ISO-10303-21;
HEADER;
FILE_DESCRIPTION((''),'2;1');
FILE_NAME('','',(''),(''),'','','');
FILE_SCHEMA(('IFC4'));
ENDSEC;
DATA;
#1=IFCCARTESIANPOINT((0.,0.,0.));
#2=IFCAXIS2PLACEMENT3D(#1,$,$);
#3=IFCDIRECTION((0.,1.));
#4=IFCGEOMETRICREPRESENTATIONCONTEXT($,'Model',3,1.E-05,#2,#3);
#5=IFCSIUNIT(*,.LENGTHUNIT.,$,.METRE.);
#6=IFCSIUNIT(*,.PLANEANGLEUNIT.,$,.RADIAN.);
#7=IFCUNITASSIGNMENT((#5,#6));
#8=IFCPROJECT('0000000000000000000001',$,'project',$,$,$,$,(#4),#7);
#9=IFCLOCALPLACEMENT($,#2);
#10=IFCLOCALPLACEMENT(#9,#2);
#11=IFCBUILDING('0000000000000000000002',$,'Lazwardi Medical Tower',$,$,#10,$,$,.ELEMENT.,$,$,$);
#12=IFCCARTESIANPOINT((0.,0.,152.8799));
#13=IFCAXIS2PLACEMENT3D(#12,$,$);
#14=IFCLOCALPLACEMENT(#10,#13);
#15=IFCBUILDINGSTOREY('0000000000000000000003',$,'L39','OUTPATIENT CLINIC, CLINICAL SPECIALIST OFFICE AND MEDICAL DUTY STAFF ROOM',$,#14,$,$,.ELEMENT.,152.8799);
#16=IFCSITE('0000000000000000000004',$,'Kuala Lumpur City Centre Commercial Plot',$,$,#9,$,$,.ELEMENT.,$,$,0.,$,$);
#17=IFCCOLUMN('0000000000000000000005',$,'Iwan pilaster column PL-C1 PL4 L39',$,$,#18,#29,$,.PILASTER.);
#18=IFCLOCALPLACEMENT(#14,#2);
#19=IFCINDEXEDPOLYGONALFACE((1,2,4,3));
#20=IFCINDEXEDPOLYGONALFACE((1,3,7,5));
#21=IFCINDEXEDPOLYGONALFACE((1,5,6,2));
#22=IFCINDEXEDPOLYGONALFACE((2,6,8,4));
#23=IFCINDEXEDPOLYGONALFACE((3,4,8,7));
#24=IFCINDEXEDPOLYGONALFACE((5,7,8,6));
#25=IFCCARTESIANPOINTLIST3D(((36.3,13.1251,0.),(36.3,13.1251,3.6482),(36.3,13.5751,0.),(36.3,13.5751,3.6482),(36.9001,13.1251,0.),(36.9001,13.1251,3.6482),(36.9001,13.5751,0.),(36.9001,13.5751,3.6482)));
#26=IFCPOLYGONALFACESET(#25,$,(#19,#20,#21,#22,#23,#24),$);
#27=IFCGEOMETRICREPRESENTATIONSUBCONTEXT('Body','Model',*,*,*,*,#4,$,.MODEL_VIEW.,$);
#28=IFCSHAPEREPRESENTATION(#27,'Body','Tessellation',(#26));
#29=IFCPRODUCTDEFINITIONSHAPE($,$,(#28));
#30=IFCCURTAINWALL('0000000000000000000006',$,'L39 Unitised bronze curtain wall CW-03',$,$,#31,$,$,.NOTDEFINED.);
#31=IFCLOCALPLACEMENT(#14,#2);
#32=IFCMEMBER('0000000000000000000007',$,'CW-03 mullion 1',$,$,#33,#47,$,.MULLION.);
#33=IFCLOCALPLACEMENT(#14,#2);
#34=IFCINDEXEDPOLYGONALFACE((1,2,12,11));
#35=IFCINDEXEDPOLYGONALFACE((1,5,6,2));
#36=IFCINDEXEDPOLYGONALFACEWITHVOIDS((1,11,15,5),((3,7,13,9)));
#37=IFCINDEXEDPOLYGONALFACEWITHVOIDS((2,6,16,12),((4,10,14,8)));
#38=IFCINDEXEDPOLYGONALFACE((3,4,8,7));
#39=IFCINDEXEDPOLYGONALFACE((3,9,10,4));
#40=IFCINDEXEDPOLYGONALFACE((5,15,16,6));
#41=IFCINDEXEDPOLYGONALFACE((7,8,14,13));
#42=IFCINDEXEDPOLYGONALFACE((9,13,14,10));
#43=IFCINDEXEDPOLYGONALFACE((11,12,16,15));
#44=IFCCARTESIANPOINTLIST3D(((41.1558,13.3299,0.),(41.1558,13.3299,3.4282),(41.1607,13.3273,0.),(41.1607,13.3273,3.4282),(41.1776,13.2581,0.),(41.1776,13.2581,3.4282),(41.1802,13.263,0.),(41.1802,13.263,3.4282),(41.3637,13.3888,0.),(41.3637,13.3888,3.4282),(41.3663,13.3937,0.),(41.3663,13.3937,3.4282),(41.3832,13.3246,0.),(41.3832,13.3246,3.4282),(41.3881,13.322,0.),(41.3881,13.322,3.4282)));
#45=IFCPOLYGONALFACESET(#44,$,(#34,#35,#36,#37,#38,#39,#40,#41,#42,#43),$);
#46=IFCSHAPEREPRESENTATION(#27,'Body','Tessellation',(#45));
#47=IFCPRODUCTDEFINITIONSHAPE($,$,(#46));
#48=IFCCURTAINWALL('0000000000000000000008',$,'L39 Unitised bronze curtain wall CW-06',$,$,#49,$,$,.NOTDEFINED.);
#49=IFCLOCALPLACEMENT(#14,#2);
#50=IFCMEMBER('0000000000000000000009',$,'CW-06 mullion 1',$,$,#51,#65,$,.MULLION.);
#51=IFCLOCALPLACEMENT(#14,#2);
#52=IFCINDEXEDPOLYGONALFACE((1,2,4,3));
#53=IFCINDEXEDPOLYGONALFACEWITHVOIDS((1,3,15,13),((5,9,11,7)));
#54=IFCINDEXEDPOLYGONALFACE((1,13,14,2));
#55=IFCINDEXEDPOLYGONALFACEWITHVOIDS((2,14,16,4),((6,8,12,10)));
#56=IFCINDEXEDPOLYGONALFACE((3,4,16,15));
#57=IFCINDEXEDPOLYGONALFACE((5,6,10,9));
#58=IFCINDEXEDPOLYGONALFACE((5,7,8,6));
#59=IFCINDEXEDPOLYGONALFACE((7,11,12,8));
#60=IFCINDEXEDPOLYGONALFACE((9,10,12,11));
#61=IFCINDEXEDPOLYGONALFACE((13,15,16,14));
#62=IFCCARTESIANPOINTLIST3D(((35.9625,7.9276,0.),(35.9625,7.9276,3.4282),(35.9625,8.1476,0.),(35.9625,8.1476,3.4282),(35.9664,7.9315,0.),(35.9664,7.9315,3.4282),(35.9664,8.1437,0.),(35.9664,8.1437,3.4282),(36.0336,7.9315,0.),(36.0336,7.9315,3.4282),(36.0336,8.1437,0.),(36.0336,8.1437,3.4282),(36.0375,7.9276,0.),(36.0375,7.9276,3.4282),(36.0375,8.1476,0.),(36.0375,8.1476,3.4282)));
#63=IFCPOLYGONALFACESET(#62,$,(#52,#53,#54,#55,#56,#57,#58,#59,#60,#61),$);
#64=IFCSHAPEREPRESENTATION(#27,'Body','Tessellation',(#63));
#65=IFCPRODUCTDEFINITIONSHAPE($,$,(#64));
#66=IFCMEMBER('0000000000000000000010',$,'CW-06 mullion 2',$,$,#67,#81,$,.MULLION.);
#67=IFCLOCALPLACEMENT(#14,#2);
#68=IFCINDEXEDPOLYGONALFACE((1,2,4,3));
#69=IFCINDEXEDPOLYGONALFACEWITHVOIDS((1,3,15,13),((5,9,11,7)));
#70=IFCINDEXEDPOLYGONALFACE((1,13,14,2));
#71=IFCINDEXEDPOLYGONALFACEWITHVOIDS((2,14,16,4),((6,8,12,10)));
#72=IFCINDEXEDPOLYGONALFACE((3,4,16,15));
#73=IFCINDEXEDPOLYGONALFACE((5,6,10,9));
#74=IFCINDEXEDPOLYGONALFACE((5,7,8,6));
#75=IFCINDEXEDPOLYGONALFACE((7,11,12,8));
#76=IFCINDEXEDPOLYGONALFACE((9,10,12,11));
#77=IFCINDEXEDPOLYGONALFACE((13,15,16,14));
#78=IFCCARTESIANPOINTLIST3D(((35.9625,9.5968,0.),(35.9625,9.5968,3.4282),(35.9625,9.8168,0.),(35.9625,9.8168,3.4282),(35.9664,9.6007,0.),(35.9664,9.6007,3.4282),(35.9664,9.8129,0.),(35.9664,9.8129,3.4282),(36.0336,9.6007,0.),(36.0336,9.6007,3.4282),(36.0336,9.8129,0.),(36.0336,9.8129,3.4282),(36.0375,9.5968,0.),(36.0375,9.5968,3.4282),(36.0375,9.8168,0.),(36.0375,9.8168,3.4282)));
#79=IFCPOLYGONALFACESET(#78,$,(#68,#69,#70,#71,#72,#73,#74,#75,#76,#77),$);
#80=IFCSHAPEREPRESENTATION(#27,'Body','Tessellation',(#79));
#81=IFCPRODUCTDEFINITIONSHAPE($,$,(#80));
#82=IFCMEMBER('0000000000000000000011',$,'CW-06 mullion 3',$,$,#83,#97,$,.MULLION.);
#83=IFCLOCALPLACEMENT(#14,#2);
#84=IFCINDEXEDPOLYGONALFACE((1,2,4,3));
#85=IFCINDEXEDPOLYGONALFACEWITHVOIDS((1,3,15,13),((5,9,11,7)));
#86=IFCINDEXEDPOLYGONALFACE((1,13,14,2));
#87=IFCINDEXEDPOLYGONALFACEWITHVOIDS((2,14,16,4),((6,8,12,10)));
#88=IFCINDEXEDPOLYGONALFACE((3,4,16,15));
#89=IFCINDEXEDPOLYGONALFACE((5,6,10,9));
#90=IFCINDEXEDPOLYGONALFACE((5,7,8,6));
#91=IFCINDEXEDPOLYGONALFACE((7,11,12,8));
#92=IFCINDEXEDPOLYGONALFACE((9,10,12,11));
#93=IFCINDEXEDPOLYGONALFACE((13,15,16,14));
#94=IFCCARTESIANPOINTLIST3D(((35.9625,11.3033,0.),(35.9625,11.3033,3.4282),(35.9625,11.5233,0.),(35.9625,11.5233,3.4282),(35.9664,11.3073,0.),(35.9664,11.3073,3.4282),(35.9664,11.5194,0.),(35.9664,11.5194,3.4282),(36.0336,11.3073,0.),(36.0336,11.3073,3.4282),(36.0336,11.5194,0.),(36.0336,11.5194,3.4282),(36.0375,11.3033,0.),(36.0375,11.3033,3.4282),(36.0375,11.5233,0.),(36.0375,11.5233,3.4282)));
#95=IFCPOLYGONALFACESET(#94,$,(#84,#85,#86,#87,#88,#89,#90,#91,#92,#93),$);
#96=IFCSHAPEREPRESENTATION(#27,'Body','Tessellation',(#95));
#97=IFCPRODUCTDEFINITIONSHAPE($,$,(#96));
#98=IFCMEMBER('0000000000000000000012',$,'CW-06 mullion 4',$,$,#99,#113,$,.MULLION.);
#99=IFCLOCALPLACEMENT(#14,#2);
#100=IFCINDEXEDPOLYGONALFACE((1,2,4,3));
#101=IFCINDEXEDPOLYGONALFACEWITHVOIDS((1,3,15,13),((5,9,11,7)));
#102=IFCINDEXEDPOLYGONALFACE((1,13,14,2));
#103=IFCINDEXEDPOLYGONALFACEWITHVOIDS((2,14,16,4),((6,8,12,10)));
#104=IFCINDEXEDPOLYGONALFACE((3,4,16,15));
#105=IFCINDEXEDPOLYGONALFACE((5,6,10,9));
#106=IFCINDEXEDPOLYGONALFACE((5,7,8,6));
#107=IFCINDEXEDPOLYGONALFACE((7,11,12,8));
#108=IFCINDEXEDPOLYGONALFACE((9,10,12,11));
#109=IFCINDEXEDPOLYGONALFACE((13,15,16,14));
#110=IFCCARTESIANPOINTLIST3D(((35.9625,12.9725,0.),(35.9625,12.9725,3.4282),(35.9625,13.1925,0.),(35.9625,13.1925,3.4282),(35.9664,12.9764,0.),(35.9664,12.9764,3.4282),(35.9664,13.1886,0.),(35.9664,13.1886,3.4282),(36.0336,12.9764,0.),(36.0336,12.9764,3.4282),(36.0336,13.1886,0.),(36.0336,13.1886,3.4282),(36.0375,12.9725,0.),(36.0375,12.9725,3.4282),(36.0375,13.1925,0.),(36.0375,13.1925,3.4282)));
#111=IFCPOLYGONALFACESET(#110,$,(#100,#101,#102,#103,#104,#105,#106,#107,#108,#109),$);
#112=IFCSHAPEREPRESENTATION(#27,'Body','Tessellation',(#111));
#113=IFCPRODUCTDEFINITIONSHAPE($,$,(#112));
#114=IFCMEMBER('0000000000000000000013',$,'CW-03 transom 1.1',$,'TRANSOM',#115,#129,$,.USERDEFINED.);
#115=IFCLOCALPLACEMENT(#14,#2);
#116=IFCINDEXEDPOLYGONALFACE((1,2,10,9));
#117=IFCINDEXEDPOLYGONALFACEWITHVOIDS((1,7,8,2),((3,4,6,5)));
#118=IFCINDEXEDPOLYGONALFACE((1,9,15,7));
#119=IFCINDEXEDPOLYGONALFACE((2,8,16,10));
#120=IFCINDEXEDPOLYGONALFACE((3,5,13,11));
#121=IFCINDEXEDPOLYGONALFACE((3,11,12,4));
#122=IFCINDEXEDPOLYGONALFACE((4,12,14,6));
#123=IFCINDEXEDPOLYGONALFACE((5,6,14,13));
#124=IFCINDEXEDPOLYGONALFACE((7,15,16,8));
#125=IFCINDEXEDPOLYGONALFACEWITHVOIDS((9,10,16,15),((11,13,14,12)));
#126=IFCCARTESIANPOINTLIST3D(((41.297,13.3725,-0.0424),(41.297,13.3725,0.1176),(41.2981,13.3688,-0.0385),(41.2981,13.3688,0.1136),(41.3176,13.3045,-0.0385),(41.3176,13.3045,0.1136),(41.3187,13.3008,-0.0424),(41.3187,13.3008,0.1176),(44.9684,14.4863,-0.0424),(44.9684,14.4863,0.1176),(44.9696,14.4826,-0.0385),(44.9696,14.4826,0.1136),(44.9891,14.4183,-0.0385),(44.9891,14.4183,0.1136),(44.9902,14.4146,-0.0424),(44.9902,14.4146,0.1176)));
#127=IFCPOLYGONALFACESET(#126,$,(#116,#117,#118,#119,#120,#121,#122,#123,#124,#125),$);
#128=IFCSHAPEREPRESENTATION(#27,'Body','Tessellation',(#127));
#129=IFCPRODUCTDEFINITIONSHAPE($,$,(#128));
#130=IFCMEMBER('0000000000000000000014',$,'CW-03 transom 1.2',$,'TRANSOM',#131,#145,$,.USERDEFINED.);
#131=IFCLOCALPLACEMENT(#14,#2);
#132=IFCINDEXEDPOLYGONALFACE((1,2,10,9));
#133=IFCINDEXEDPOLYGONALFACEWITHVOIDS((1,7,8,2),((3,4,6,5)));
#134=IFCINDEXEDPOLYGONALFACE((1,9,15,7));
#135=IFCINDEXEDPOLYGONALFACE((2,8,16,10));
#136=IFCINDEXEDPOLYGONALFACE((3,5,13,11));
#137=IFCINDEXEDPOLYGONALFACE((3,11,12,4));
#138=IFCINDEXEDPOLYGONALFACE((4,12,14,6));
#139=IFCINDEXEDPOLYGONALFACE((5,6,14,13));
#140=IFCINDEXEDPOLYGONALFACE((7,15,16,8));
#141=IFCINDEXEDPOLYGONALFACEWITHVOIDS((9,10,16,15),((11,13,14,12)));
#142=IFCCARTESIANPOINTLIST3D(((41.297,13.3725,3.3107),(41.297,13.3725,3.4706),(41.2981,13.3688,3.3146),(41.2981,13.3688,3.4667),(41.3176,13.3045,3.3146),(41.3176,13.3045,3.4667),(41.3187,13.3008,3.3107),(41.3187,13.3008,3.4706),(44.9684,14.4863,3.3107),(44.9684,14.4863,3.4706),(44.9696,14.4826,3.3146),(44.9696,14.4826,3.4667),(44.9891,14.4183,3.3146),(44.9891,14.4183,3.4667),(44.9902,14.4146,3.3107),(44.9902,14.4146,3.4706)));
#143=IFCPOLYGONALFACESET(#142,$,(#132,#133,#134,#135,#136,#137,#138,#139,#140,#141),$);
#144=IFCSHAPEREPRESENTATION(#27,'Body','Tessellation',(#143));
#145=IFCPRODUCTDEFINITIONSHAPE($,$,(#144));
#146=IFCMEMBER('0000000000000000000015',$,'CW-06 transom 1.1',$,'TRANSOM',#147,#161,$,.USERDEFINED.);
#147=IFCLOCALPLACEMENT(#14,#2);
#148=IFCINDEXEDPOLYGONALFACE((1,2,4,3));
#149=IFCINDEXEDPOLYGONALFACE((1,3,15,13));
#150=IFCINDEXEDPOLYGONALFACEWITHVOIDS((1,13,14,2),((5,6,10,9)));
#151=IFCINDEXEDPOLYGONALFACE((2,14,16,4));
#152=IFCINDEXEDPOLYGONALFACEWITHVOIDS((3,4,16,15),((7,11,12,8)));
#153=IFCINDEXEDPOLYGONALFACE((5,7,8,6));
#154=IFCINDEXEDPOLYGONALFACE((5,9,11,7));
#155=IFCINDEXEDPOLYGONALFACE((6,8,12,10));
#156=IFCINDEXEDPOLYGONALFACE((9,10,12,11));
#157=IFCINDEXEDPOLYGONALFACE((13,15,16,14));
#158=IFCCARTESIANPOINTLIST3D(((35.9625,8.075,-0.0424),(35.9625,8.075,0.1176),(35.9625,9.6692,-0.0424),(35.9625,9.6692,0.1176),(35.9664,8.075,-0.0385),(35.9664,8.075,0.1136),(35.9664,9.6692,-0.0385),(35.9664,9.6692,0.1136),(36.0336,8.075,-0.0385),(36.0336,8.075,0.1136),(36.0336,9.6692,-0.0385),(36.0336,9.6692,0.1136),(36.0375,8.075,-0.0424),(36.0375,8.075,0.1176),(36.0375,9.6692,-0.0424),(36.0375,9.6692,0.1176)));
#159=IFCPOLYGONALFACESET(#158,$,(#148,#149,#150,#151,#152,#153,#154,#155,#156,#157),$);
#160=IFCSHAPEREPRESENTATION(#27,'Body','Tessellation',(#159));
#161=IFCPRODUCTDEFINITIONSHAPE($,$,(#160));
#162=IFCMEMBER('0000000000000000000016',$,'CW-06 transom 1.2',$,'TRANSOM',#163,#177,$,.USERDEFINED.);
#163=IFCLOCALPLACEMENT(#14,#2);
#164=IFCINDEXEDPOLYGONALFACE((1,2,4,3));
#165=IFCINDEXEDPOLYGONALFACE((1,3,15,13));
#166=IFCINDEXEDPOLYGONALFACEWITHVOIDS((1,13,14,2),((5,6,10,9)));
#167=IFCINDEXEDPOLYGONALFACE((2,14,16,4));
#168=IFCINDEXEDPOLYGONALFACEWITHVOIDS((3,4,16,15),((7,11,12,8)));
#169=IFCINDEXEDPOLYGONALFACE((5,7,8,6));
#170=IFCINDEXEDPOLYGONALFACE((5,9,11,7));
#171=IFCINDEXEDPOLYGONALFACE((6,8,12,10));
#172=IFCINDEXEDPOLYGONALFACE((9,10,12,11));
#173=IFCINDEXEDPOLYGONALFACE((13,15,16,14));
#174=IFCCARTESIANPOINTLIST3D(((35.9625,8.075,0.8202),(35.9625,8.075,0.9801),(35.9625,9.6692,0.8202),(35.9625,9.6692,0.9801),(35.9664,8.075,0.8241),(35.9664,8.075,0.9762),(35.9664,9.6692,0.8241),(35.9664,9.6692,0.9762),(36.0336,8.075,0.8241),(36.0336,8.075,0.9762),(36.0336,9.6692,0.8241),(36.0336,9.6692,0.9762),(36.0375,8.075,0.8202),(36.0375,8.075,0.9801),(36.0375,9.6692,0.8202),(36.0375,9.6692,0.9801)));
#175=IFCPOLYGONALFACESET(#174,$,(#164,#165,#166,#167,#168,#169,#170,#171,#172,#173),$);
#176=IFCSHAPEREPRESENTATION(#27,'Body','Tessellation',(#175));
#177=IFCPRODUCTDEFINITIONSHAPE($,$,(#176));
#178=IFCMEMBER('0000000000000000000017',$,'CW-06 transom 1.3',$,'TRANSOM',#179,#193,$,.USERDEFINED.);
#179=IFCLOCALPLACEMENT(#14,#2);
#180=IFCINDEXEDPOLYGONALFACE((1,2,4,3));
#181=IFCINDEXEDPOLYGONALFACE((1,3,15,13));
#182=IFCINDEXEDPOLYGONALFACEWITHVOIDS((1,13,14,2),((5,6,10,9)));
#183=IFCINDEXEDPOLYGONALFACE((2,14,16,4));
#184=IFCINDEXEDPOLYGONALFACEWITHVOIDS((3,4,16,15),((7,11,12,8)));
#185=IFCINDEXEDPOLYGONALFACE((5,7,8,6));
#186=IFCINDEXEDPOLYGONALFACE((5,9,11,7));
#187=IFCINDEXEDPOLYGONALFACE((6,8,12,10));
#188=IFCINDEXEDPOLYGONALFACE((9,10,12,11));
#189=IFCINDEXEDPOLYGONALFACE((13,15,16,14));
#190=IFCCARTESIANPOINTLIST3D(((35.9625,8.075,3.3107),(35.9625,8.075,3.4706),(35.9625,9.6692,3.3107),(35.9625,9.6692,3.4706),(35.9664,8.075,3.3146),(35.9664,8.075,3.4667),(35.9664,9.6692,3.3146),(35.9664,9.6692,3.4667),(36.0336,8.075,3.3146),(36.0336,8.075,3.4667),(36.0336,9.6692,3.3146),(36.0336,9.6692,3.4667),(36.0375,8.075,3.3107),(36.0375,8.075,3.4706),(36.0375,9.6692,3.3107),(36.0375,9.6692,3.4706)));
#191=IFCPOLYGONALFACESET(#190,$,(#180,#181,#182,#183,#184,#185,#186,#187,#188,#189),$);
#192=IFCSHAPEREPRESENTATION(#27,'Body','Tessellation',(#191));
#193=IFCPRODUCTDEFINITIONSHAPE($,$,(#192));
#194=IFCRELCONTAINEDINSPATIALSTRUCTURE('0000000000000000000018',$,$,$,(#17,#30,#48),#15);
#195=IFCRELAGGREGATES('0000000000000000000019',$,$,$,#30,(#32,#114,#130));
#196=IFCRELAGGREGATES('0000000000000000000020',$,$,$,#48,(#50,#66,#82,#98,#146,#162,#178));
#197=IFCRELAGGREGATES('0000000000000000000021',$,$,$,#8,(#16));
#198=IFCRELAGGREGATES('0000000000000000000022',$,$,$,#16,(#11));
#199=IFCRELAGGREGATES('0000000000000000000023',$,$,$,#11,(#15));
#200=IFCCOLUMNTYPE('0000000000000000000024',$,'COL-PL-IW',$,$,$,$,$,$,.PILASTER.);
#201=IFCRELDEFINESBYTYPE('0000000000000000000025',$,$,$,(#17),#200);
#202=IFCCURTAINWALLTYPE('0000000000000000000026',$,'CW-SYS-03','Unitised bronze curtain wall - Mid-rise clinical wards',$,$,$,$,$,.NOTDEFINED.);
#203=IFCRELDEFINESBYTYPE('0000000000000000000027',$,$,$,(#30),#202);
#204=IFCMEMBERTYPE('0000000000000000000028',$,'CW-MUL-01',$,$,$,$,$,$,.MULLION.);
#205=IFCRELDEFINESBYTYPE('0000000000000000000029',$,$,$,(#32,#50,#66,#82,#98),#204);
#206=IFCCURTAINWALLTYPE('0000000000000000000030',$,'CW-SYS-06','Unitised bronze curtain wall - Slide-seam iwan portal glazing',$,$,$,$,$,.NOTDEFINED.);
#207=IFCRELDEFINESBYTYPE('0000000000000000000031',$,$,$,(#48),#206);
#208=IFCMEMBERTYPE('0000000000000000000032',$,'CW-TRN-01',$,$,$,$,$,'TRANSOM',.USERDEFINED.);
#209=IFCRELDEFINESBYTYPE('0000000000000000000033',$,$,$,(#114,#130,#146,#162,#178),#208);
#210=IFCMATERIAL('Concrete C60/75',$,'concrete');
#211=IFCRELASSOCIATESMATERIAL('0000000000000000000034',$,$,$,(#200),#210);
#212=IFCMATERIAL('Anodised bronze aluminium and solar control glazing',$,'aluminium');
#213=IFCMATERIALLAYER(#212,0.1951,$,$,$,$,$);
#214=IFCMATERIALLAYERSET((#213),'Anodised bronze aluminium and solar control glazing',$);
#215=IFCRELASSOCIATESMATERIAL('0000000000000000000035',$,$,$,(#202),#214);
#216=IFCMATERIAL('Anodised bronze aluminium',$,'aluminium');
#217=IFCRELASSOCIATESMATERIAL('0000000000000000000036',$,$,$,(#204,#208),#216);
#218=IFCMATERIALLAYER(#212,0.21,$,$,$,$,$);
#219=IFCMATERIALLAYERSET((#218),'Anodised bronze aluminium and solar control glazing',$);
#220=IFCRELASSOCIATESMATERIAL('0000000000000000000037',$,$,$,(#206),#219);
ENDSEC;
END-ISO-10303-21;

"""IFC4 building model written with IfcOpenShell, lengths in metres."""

from ifc_helpers import new_model, si_unit, direction, frame, origin, origin_2d, place, context, subcontext, project, spatial, rectangle, hollow_rectangle, extrude, material, layer, layer_set, material_profile, profile_set, type_object, element, aggregate, save


model = new_model("IFC4")

# Units and contexts
model_context = context("Model", 3, precision=1e-05, world=origin(), true_north=direction((0.0, 1.0)))
body_context = subcontext(model_context, "Body", "Model", "MODEL_VIEW")
ifc_project = project(units=[si_unit("LENGTHUNIT", "METRE"), si_unit("PLANEANGLEUNIT", "RADIAN")], contexts=[model_context])

# Site, building, storey
site_placement = place(None, origin())
site = spatial("IfcSite", under=ifc_project, at=site_placement, Name="Kuala Lumpur City Centre Commercial Plot", CompositionType="ELEMENT", RefElevation=0.0)
building_placement = place(site_placement, origin())
building = spatial("IfcBuilding", under=site, at=building_placement, Name="Lazwardi Medical Tower", CompositionType="ELEMENT")
storey_placement = place(building_placement, frame((0.0, 0.0, 152.8799)))
storey = spatial("IfcBuildingStorey", under=building, at=storey_placement, Name="L39", Description="OUTPATIENT CLINIC, CLINICAL SPECIALIST OFFICE AND MEDICAL DUTY STAFF ROOM", CompositionType="ELEMENT", Elevation=152.8799)

# Column
ifc_material_1 = material(Name="Concrete C60/75", Category="concrete")
ifc_material_profile_1 = material_profile(ifc_material_1, rectangle(XDim=0.6001, YDim=0.45, at=origin_2d()), Name="RC 600x450")
ifc_profile_set_1 = profile_set([ifc_material_profile_1], Name="Concrete C60/75")
column_type = type_object("IfcColumnType", Name="COL-PL-IW", PredefinedType="PILASTER", material=ifc_profile_set_1)
column_placement = place(storey_placement, frame((36.6001, 13.3501, 0.0), z_axis=(0.0, 0.0, 1.0), x_axis=(1.0, 0.0, 0.0)))
element("IfcColumn", 1, at=column_placement, inside=storey, type_object=column_type, Name="Iwan pilaster column PL-C1 PL4 L39", PredefinedType="PILASTER", context=body_context, shape_type="SweptSolid", body=[
    extrude(rectangle(XDim=0.6001, YDim=0.45, at=origin_2d()), origin(), (0.0, 0.0, 1.0), 3.6482),
])

# Curtain wall, member
ifc_material_2 = material(Name="Anodised bronze aluminium and solar control glazing", Category="aluminium")
ifc_layer_1 = layer(ifc_material_2, 0.1951)
ifc_layer_set_1 = layer_set([ifc_layer_1], Name="Anodised bronze aluminium and solar control glazing")
curtain_wall_type_1 = type_object("IfcCurtainWallType", Name="CW-SYS-03", Description="Unitised bronze curtain wall - Mid-rise clinical wards", PredefinedType="NOTDEFINED", material=ifc_layer_set_1)
curtain_wall_1_placement = place(storey_placement, origin())
curtain_wall_1 = element("IfcCurtainWall", 2, at=curtain_wall_1_placement, inside=storey, type_object=curtain_wall_type_1, Name="L39 Unitised bronze curtain wall CW-03", PredefinedType="NOTDEFINED")
ifc_material_3 = material(Name="Anodised bronze aluminium", Category="aluminium")
ifc_material_profile_2 = material_profile(ifc_material_3, hollow_rectangle(XDim=0.075, YDim=0.22, WallThickness=0.0039, at=origin_2d()), Name="ALU-MULLION 220x75x4")
ifc_profile_set_2 = profile_set([ifc_material_profile_2], Name="Anodised bronze aluminium")
member_type_1 = type_object("IfcMemberType", Name="CW-MUL-01", PredefinedType="MULLION", material=ifc_profile_set_2)
member_1_placement = place(storey_placement, frame((41.272, 13.3259, 0.0), z_axis=(0.0, 0.0, 1.0), x_axis=(-0.290281, 0.956942, 0.0)))
member_1 = element("IfcMember", 3, at=member_1_placement, type_object=member_type_1, Name="CW-03 mullion 1", PredefinedType="MULLION", context=body_context, shape_type="SweptSolid", body=[
    extrude(hollow_rectangle(XDim=0.075, YDim=0.22, WallThickness=0.0039, at=origin_2d()), origin(), (0.0, 0.0, 1.0), 3.4282),
])

# Curtain wall, members
ifc_layer_2 = layer(ifc_material_2, 0.21)
ifc_layer_set_2 = layer_set([ifc_layer_2], Name="Anodised bronze aluminium and solar control glazing")
curtain_wall_type_2 = type_object("IfcCurtainWallType", Name="CW-SYS-06", Description="Unitised bronze curtain wall - Slide-seam iwan portal glazing", PredefinedType="NOTDEFINED", material=ifc_layer_set_2)
curtain_wall_2_placement = place(storey_placement, origin())
curtain_wall_2 = element("IfcCurtainWall", 4, at=curtain_wall_2_placement, inside=storey, type_object=curtain_wall_type_2, Name="L39 Unitised bronze curtain wall CW-06", PredefinedType="NOTDEFINED")
member_2_placement = place(storey_placement, frame((36.0, 8.0376, 0.0), z_axis=(0.0, 0.0, 1.0), x_axis=(-1.0, 0.0, 0.0)))
member_2 = element("IfcMember", 5, at=member_2_placement, type_object=member_type_1, Name="CW-06 mullion 1", PredefinedType="MULLION", context=body_context, shape_type="SweptSolid", body=[
    extrude(hollow_rectangle(XDim=0.075, YDim=0.22, WallThickness=0.0039, at=origin_2d()), origin(), (0.0, 0.0, 1.0), 3.4282),
])
member_3_placement = place(storey_placement, frame((36.0, 9.7068, 0.0), z_axis=(0.0, 0.0, 1.0), x_axis=(-1.0, 0.0, 0.0)))
member_3 = element("IfcMember", 6, at=member_3_placement, type_object=member_type_1, Name="CW-06 mullion 2", PredefinedType="MULLION", context=body_context, shape_type="SweptSolid", body=[
    extrude(hollow_rectangle(XDim=0.075, YDim=0.22, WallThickness=0.0039, at=origin_2d()), origin(), (0.0, 0.0, 1.0), 3.4282),
])
member_4_placement = place(storey_placement, frame((36.0, 11.4133, 0.0), z_axis=(0.0, 0.0, 1.0), x_axis=(-1.0, 0.0, 0.0)))
member_4 = element("IfcMember", 7, at=member_4_placement, type_object=member_type_1, Name="CW-06 mullion 3", PredefinedType="MULLION", context=body_context, shape_type="SweptSolid", body=[
    extrude(hollow_rectangle(XDim=0.075, YDim=0.22, WallThickness=0.0039, at=origin_2d()), origin(), (0.0, 0.0, 1.0), 3.4282),
])
member_5_placement = place(storey_placement, frame((36.0, 13.0825, 0.0), z_axis=(0.0, 0.0, 1.0), x_axis=(-1.0, 0.0, 0.0)))
member_5 = element("IfcMember", 8, at=member_5_placement, type_object=member_type_1, Name="CW-06 mullion 4", PredefinedType="MULLION", context=body_context, shape_type="SweptSolid", body=[
    extrude(hollow_rectangle(XDim=0.075, YDim=0.22, WallThickness=0.0039, at=origin_2d()), origin(), (0.0, 0.0, 1.0), 3.4282),
])

# Members
ifc_material_profile_3 = material_profile(ifc_material_3, hollow_rectangle(XDim=0.075, YDim=0.1599, WallThickness=0.0039, at=origin_2d()), Name="ALU-TRANSOM 160x75x4")
ifc_profile_set_3 = profile_set([ifc_material_profile_3], Name="Anodised bronze aluminium")
member_type_2 = type_object("IfcMemberType", Name="CW-TRN-01", ElementType="TRANSOM", PredefinedType="USERDEFINED", material=ifc_profile_set_3)
member_6_placement = place(storey_placement, frame((41.3079, 13.3367, 0.0376), z_axis=(0.956936, 0.290301, 0.0), x_axis=(-0.290301, 0.956936, 0.0)))
member_6 = element("IfcMember", 9, at=member_6_placement, type_object=member_type_2, Name="CW-03 transom 1.1", ObjectType="TRANSOM", PredefinedType="USERDEFINED", context=body_context, shape_type="SweptSolid", body=[
    extrude(hollow_rectangle(XDim=0.075, YDim=0.1599, WallThickness=0.0039, at=origin_2d()), origin(), (0.0, 0.0, 1.0), 3.8367),
])
member_7_placement = place(storey_placement, frame((41.3079, 13.3367, 3.3906), z_axis=(0.956936, 0.290301, 0.0), x_axis=(-0.290301, 0.956936, 0.0)))
member_7 = element("IfcMember", 10, at=member_7_placement, type_object=member_type_2, Name="CW-03 transom 1.2", ObjectType="TRANSOM", PredefinedType="USERDEFINED", context=body_context, shape_type="SweptSolid", body=[
    extrude(hollow_rectangle(XDim=0.075, YDim=0.1599, WallThickness=0.0039, at=origin_2d()), origin(), (0.0, 0.0, 1.0), 3.8367),
])
aggregate(curtain_wall_1, [member_1, member_6, member_7])
member_8_placement = place(storey_placement, frame((36.0, 8.075, 0.0376), z_axis=(0.0, 1.0, 0.0), x_axis=(-1.0, 0.0, 0.0)))
member_8 = element("IfcMember", 11, at=member_8_placement, type_object=member_type_2, Name="CW-06 transom 1.1", ObjectType="TRANSOM", PredefinedType="USERDEFINED", context=body_context, shape_type="SweptSolid", body=[
    extrude(hollow_rectangle(XDim=0.075, YDim=0.1599, WallThickness=0.0039, at=origin_2d()), origin(), (0.0, 0.0, 1.0), 1.5942),
])
member_9_placement = place(storey_placement, frame((36.0, 8.075, 0.9001), z_axis=(0.0, 1.0, 0.0), x_axis=(-1.0, 0.0, 0.0)))
member_9 = element("IfcMember", 12, at=member_9_placement, type_object=member_type_2, Name="CW-06 transom 1.2", ObjectType="TRANSOM", PredefinedType="USERDEFINED", context=body_context, shape_type="SweptSolid", body=[
    extrude(hollow_rectangle(XDim=0.075, YDim=0.1599, WallThickness=0.0039, at=origin_2d()), origin(), (0.0, 0.0, 1.0), 1.5942),
])
member_10_placement = place(storey_placement, frame((36.0, 8.075, 3.3906), z_axis=(0.0, 1.0, 0.0), x_axis=(-1.0, 0.0, 0.0)))
member_10 = element("IfcMember", 13, at=member_10_placement, type_object=member_type_2, Name="CW-06 transom 1.3", ObjectType="TRANSOM", PredefinedType="USERDEFINED", context=body_context, shape_type="SweptSolid", body=[
    extrude(hollow_rectangle(XDim=0.075, YDim=0.1599, WallThickness=0.0039, at=origin_2d()), origin(), (0.0, 0.0, 1.0), 1.5942),
])

aggregate(curtain_wall_2, [member_2, member_3, member_4, member_5, member_8, member_9, member_10])

save(model, "model.ifc")
